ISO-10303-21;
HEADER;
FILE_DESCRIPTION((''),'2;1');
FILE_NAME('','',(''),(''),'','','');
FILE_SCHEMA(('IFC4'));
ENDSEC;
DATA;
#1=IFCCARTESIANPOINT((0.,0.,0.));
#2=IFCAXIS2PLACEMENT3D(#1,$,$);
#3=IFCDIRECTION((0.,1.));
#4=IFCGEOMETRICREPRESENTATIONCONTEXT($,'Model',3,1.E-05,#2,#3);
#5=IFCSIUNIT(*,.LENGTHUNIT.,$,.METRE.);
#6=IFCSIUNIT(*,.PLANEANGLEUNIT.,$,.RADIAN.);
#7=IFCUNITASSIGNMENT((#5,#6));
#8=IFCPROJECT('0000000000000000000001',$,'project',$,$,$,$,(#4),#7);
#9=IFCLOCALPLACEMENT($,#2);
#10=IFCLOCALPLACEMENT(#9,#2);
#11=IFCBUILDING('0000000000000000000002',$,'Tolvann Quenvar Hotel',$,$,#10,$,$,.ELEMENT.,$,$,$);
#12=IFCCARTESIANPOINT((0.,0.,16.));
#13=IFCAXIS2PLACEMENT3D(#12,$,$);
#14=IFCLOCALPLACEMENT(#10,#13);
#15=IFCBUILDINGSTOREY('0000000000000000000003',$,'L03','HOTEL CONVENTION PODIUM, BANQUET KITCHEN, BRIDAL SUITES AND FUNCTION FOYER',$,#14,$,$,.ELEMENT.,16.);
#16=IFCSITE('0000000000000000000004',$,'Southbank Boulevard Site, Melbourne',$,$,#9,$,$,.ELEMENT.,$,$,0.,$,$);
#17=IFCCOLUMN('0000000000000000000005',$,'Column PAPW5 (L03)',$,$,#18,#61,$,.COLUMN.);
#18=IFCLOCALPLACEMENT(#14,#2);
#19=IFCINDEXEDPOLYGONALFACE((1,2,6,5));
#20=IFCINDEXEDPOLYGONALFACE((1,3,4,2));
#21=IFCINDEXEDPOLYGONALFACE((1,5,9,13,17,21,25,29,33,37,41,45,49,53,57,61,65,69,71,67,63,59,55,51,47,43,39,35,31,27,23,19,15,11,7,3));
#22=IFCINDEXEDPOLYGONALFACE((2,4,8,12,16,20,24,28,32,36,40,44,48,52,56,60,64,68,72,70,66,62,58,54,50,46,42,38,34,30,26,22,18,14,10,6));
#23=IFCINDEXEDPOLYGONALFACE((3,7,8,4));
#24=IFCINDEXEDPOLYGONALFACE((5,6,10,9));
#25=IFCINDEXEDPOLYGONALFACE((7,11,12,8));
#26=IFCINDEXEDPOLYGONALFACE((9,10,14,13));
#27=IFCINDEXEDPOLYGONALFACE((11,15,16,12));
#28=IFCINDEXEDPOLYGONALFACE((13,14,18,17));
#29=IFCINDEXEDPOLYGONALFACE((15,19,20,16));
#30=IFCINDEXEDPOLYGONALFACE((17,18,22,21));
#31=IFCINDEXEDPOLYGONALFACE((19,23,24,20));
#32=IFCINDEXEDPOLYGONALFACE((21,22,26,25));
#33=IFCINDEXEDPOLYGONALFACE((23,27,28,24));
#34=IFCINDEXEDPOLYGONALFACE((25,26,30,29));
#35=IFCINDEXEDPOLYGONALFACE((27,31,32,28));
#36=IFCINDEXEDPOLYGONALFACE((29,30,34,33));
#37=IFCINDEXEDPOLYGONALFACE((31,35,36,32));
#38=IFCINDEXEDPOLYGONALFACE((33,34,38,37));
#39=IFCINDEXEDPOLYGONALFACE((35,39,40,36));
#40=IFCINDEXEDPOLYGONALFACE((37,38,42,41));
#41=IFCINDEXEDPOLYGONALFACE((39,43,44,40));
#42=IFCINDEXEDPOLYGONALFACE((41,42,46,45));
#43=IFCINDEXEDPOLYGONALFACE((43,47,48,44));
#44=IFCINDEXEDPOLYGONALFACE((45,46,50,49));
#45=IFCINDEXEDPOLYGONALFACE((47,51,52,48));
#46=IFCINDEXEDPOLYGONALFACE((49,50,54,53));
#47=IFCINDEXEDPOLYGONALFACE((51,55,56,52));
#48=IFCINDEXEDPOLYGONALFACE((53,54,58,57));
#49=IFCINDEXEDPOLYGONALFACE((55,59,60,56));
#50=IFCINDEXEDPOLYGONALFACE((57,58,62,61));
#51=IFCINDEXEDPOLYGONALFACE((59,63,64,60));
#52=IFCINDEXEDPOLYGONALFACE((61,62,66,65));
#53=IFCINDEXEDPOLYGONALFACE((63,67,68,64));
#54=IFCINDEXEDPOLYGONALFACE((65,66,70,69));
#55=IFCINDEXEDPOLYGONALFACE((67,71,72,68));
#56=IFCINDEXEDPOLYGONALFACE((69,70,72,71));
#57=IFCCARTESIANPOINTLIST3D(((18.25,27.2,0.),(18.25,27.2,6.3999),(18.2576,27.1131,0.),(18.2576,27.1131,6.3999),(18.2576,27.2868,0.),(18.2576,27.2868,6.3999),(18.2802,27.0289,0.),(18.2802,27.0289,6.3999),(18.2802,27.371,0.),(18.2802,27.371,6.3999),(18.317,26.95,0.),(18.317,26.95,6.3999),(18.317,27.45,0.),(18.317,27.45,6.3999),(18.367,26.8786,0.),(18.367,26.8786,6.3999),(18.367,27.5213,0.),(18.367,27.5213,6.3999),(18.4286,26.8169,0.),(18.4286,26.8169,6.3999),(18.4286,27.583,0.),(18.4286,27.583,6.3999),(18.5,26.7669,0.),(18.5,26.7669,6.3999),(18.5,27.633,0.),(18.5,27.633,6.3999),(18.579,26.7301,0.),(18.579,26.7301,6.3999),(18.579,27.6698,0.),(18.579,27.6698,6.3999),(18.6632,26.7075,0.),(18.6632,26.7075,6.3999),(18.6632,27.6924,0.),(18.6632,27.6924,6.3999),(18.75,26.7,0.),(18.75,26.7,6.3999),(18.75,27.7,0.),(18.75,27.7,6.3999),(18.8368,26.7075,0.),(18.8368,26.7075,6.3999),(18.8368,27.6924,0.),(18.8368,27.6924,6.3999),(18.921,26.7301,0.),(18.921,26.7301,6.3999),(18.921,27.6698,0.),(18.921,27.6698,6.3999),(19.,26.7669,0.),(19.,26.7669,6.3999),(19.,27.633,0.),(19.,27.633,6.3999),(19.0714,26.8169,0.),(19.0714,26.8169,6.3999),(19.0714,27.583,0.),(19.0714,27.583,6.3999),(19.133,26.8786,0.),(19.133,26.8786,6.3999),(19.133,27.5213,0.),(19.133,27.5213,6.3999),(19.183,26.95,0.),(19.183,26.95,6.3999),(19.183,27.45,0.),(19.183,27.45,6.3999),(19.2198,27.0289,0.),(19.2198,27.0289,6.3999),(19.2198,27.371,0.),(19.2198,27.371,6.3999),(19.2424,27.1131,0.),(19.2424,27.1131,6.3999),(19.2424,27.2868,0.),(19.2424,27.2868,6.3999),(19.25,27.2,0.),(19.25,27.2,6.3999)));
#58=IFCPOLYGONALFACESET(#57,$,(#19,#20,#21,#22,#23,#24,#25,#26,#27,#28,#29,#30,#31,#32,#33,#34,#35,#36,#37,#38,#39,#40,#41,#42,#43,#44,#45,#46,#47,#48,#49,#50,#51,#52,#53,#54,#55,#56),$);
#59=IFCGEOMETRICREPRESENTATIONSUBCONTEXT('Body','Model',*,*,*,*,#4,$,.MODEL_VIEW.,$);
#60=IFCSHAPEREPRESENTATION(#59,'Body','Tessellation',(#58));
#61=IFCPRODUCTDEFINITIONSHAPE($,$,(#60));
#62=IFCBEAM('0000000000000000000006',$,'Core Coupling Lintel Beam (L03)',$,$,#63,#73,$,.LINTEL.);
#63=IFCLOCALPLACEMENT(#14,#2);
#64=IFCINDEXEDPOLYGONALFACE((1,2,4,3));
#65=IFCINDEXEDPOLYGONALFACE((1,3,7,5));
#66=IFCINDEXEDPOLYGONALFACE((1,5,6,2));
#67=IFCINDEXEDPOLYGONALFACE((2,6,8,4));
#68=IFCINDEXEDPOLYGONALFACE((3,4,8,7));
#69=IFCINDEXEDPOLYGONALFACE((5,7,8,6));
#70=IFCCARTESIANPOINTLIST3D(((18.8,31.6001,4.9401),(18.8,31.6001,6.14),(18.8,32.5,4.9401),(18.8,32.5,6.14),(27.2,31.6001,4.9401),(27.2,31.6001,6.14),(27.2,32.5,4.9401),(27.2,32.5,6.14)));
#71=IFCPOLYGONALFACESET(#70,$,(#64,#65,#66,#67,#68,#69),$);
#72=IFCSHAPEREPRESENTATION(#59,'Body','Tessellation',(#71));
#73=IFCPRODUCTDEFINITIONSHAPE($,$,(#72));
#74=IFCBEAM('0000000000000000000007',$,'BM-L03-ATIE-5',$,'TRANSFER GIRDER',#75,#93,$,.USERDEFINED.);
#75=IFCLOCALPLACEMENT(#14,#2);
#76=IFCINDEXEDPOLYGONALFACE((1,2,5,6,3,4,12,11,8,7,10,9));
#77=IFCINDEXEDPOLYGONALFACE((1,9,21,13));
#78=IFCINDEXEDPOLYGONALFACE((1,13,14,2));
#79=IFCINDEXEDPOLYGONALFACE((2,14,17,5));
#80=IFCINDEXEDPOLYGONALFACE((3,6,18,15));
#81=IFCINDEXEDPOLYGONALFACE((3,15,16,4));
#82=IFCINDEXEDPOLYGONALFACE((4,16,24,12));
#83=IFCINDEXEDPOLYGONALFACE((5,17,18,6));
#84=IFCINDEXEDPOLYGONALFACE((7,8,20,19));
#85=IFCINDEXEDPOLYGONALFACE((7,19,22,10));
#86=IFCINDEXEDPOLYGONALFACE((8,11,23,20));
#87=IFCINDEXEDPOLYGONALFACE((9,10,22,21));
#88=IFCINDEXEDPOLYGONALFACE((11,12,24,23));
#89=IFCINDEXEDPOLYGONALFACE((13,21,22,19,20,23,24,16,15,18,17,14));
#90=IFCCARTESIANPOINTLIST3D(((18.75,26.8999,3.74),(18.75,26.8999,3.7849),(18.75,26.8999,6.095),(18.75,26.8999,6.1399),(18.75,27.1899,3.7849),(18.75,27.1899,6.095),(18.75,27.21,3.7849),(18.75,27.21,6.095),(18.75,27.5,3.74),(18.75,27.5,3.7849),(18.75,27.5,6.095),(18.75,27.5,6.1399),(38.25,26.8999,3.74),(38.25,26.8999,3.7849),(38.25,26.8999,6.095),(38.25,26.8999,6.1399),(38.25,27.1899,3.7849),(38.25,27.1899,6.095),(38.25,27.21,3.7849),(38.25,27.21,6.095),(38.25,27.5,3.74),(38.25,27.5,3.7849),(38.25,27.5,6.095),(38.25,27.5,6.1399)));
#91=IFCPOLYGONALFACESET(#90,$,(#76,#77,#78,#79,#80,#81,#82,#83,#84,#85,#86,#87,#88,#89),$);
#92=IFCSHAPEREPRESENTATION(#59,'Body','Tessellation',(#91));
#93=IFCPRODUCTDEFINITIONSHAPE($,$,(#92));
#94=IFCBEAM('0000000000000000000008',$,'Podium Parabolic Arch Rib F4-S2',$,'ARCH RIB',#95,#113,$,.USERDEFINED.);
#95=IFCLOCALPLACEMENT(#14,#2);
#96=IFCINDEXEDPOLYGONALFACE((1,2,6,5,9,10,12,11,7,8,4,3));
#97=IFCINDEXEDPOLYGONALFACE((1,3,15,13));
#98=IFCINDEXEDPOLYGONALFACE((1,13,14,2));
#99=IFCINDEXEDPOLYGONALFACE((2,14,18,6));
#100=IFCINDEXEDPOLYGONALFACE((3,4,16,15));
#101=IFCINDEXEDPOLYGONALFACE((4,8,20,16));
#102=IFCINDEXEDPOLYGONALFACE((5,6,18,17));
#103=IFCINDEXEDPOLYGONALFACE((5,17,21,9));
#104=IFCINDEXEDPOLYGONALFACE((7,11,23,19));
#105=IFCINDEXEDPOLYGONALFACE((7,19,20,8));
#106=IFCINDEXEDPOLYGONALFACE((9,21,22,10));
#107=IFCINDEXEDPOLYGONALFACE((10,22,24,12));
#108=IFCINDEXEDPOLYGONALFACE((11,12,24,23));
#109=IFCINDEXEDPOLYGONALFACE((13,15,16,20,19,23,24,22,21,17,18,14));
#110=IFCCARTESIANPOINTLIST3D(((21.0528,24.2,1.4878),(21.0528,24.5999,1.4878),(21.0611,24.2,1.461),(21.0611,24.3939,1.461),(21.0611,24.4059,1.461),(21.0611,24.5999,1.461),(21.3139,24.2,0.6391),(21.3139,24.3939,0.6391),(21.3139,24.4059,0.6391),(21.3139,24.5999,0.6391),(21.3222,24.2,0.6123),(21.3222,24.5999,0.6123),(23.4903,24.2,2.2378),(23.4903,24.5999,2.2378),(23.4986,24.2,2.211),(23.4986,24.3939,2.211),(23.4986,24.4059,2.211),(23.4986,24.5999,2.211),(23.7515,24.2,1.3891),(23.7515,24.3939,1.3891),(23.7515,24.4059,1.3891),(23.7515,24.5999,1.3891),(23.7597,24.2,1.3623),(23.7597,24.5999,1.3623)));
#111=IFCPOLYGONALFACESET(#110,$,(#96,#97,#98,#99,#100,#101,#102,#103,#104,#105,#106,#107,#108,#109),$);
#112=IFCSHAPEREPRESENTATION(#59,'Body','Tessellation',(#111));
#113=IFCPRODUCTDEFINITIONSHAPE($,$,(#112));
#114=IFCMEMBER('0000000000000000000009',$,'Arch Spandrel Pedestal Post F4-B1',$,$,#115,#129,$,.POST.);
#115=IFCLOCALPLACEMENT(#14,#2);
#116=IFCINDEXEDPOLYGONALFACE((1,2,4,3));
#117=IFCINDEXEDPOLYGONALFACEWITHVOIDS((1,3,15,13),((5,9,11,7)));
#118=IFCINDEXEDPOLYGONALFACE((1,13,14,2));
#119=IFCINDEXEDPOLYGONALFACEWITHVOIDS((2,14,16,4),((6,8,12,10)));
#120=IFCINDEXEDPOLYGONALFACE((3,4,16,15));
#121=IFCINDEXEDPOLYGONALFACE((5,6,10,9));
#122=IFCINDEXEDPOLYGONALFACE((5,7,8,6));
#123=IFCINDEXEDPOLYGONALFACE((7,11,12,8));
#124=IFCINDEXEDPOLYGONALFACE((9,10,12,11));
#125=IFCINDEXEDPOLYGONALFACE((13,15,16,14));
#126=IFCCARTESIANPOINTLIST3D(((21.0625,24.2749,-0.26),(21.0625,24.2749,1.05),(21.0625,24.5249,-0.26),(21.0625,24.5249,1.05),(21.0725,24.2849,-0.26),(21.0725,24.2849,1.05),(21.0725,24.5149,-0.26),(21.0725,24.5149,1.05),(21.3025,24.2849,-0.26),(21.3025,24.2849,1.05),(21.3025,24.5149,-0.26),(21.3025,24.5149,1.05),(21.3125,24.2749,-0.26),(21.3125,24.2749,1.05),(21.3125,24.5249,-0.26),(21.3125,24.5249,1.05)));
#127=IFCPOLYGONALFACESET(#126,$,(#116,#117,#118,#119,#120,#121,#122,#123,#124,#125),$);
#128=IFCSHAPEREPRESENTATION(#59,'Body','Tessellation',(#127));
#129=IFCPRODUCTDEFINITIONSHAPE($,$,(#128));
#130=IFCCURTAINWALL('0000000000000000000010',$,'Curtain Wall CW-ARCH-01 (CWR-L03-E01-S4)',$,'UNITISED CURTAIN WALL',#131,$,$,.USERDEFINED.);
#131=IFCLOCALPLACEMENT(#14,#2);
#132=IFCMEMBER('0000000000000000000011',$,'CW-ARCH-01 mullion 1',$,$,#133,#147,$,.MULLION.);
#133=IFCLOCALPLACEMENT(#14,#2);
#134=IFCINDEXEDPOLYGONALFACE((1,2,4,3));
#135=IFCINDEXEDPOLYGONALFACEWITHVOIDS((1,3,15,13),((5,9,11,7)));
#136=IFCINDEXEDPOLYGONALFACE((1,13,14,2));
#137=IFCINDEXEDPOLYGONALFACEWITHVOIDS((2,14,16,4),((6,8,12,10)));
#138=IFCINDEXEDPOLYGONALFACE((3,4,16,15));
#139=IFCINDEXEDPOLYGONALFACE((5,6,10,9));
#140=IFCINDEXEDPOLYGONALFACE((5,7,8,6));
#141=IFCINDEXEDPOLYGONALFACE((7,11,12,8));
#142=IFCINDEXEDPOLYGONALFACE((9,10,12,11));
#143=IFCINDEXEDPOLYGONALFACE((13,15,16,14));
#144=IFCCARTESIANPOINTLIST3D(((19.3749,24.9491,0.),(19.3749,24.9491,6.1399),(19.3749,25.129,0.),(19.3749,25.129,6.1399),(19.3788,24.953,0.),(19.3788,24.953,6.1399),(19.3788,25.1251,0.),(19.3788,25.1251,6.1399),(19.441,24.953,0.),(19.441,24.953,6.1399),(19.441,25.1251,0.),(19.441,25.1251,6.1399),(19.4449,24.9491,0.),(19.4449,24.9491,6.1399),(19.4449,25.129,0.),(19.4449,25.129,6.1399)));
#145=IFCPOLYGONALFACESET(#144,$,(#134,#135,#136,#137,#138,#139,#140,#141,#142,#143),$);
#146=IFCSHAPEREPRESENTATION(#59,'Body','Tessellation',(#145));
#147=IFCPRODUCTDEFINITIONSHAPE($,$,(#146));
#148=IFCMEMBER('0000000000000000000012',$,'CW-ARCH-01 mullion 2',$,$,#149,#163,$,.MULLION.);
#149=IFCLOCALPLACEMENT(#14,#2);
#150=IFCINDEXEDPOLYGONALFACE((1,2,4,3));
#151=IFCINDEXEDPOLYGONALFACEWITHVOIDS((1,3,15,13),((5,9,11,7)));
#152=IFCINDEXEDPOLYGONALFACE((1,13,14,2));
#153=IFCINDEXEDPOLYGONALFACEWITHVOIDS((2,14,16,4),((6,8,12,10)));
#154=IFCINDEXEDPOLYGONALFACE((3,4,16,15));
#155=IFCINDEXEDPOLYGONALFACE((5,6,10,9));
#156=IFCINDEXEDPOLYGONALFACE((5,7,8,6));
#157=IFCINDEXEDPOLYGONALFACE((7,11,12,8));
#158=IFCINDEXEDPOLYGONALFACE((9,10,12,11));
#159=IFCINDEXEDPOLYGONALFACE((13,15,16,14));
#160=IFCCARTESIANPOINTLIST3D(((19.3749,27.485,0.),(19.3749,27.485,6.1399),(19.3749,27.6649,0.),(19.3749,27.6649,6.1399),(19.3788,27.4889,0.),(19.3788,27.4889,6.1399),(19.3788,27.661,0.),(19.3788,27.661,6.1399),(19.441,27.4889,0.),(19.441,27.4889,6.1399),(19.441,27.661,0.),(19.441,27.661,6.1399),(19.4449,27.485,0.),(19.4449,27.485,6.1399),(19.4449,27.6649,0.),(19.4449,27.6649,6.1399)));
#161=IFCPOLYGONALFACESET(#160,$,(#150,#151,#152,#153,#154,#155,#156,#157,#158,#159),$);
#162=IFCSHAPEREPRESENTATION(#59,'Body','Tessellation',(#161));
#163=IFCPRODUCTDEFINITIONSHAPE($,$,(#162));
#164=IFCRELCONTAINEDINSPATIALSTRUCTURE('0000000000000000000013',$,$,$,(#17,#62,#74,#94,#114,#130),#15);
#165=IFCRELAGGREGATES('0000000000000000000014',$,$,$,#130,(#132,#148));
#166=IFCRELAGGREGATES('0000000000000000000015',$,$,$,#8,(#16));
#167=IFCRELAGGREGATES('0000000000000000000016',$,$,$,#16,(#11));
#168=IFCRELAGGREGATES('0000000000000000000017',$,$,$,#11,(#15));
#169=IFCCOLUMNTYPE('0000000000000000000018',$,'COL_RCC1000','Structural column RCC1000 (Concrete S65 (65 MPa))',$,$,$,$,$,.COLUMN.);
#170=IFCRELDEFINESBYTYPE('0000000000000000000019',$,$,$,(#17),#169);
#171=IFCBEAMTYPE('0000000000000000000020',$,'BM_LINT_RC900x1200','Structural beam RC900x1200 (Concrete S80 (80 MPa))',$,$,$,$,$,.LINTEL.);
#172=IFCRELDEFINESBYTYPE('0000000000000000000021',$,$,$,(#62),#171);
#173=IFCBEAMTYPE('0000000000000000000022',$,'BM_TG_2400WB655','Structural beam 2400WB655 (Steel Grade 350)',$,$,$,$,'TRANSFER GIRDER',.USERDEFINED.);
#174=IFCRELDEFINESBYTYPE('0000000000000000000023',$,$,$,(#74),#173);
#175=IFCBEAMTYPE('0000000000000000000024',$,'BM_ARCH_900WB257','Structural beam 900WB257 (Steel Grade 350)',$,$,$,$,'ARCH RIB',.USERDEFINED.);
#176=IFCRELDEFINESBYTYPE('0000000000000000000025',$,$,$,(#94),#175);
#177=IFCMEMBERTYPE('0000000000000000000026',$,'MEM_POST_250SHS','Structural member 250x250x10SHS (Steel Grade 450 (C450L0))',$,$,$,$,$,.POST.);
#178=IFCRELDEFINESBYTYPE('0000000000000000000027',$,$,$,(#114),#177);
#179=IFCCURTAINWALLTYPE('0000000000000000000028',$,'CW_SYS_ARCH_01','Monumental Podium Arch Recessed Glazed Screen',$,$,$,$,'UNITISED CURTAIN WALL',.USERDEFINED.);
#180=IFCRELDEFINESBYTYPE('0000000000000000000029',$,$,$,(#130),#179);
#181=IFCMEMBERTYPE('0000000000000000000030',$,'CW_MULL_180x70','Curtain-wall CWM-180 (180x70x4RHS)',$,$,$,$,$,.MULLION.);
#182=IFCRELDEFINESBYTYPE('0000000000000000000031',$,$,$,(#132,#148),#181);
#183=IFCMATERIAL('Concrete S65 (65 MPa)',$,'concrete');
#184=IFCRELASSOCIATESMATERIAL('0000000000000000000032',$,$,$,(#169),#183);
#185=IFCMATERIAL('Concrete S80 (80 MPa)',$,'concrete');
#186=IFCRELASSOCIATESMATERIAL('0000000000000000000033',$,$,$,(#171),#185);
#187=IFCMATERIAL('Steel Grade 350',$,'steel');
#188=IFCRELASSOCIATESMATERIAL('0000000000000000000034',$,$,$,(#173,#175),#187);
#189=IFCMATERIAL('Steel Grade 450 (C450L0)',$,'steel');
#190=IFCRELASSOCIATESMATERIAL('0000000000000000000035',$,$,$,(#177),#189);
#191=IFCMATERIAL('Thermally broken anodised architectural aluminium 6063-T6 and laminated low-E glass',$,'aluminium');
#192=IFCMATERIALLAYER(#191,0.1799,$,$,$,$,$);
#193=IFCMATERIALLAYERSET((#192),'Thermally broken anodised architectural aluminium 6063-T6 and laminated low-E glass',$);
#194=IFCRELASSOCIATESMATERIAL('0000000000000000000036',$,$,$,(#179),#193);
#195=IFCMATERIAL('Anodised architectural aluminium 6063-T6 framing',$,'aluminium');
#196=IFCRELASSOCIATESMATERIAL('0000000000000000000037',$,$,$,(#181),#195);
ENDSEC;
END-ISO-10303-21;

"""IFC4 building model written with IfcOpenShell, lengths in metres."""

from ifc_helpers import new_model, si_unit, direction, frame, origin, origin_2d, place, context, subcontext, project, spatial, rectangle, hollow_rectangle, circle, i_section, extrude, source, transform, mapped, material, layer, layer_set, material_profile, profile_set, type_object, type_shapes, element, aggregate, save


model = new_model("IFC4")

# Units and contexts
model_context = context("Model", 3, precision=1e-05, world=origin(), true_north=direction((0.0, 1.0)))
body_context = subcontext(model_context, "Body", "Model", "MODEL_VIEW")
ifc_project = project(units=[si_unit("LENGTHUNIT", "METRE"), si_unit("PLANEANGLEUNIT", "RADIAN")], contexts=[model_context])

# Site, building, storey
site_placement = place(None, origin())
site = spatial("IfcSite", under=ifc_project, at=site_placement, Name="Southbank Boulevard Site, Melbourne", CompositionType="ELEMENT", RefElevation=0.0)
building_placement = place(site_placement, origin())
building = spatial("IfcBuilding", under=site, at=building_placement, Name="Tolvann Quenvar Hotel", CompositionType="ELEMENT")
storey_placement = place(building_placement, frame((0.0, 0.0, 16.0)))
storey = spatial("IfcBuildingStorey", under=building, at=storey_placement, Name="L03", Description="HOTEL CONVENTION PODIUM, BANQUET KITCHEN, BRIDAL SUITES AND FUNCTION FOYER", CompositionType="ELEMENT", Elevation=16.0)

# Column
ifc_material_1 = material(Name="Concrete S65 (65 MPa)", Category="concrete")
ifc_material_profile_1 = material_profile(ifc_material_1, circle(Radius=0.5, at=origin_2d()), Name="RCC1000")
ifc_profile_set_1 = profile_set([ifc_material_profile_1], Name="Concrete S65 (65 MPa)")
column_type = type_object("IfcColumnType", Name="COL_RCC1000", Description="Structural column RCC1000 (Concrete S65 (65 MPa))", PredefinedType="COLUMN", material=ifc_profile_set_1)
shared_shape_1 = source(origin(), body_context, "Body", "SweptSolid", [
    extrude(circle(Radius=0.5, at=origin_2d()), origin(), (0.0, 0.0, 1.0), 6.3999),
])
type_shapes(column_type, [shared_shape_1])
column_placement = place(storey_placement, frame((18.75, 27.2, 0.0), z_axis=(0.0, 0.0, 1.0), x_axis=(1.0, 0.0, 0.0)))
element("IfcColumn", 1, at=column_placement, inside=storey, type_object=column_type, Name="Column PAPW5 (L03)", PredefinedType="COLUMN", context=body_context, shape_type="MappedRepresentation", body=[
    mapped(shared_shape_1, transform((0.0, 0.0, 0.0), x_axis=(1.0, 0.0, 0.0), y_axis=(0.0, 1.0, 0.0), z_axis=(0.0, 0.0, 1.0), scale=1.0)),
])

# Beams
ifc_material_2 = material(Name="Concrete S80 (80 MPa)", Category="concrete")
ifc_material_profile_2 = material_profile(ifc_material_2, rectangle(XDim=0.8999, YDim=1.2, at=origin_2d()), Name="RC900x1200")
ifc_profile_set_2 = profile_set([ifc_material_profile_2], Name="Concrete S80 (80 MPa)")
beam_type_1 = type_object("IfcBeamType", Name="BM_LINT_RC900x1200", Description="Structural beam RC900x1200 (Concrete S80 (80 MPa))", PredefinedType="LINTEL", material=ifc_profile_set_2)
shared_shape_2 = source(origin(), body_context, "Body", "SweptSolid", [
    extrude(rectangle(XDim=0.8999, YDim=1.2, at=origin_2d()), origin(), (0.0, 0.0, 1.0), 8.3999),
])
type_shapes(beam_type_1, [shared_shape_2])
beam_1_placement = place(storey_placement, frame((18.8, 32.05, 5.54), z_axis=(1.0, 0.0, 0.0), x_axis=(0.0, 1.0, 0.0)))
element("IfcBeam", 2, at=beam_1_placement, inside=storey, type_object=beam_type_1, Name="Core Coupling Lintel Beam (L03)", PredefinedType="LINTEL", context=body_context, shape_type="MappedRepresentation", body=[
    mapped(shared_shape_2, transform((0.0, 0.0, 0.0), x_axis=(1.0, 0.0, 0.0), y_axis=(0.0, 1.0, 0.0), z_axis=(0.0, 0.0, 1.0), scale=1.0)),
])
ifc_material_3 = material(Name="Steel Grade 350", Category="steel")
ifc_material_profile_3 = material_profile(ifc_material_3, i_section(OverallWidth=0.6001, OverallDepth=2.3999, WebThickness=0.02, FlangeThickness=0.0449, at=origin_2d()), Name="2400WB655")
ifc_profile_set_3 = profile_set([ifc_material_profile_3], Name="Steel Grade 350")
beam_type_2 = type_object("IfcBeamType", Name="BM_TG_2400WB655", Description="Structural beam 2400WB655 (Steel Grade 350)", ElementType="TRANSFER GIRDER", PredefinedType="USERDEFINED", material=ifc_profile_set_3)
shared_shape_3 = source(origin(), body_context, "Body", "SweptSolid", [
    extrude(i_section(OverallWidth=0.6001, OverallDepth=2.3999, WebThickness=0.02, FlangeThickness=0.0449, at=origin_2d()), origin(), (0.0, 0.0, 1.0), 19.5),
])
type_shapes(beam_type_2, [shared_shape_3])
beam_2_placement = place(storey_placement, frame((18.75, 27.2, 4.9399), z_axis=(1.0, 0.0, 0.0), x_axis=(0.0, 1.0, 0.0)))
element("IfcBeam", 3, at=beam_2_placement, inside=storey, type_object=beam_type_2, Name="BM-L03-ATIE-5", ObjectType="TRANSFER GIRDER", PredefinedType="USERDEFINED", context=body_context, shape_type="MappedRepresentation", body=[
    mapped(shared_shape_3, transform((0.0, 0.0, 0.0), x_axis=(1.0, 0.0, 0.0), y_axis=(0.0, 1.0, 0.0), z_axis=(0.0, 0.0, 1.0), scale=1.0)),
])
ifc_material_profile_4 = material_profile(ifc_material_3, i_section(OverallWidth=0.3999, OverallDepth=0.916, WebThickness=0.012, FlangeThickness=0.0281, at=origin_2d()), Name="900WB257")
ifc_profile_set_4 = profile_set([ifc_material_profile_4], Name="Steel Grade 350")
beam_type_3 = type_object("IfcBeamType", Name="BM_ARCH_900WB257", Description="Structural beam 900WB257 (Steel Grade 350)", ElementType="ARCH RIB", PredefinedType="USERDEFINED", material=ifc_profile_set_4)
shared_shape_4 = source(origin(), body_context, "Body", "SweptSolid", [
    extrude(i_section(OverallWidth=0.3999, OverallDepth=0.916, WebThickness=0.012, FlangeThickness=0.0281, at=origin_2d()), origin(), (0.0, 0.0, 1.0), 2.5503),
])
type_shapes(beam_type_3, [shared_shape_4])
beam_3_placement = place(storey_placement, frame((21.1875, 24.3999, 1.05), z_axis=(0.955779, 0.0, 0.294086), x_axis=(0.0, 1.0, 0.0)))
element("IfcBeam", 4, at=beam_3_placement, inside=storey, type_object=beam_type_3, Name="Podium Parabolic Arch Rib F4-S2", ObjectType="ARCH RIB", PredefinedType="USERDEFINED", context=body_context, shape_type="MappedRepresentation", body=[
    mapped(shared_shape_4, transform((0.0, 0.0, 0.0), x_axis=(1.0, 0.0, 0.0), y_axis=(0.0, 1.0, 0.0), z_axis=(0.0, 0.0, 1.0), scale=1.0)),
])

# Member
ifc_material_4 = material(Name="Steel Grade 450 (C450L0)", Category="steel")
ifc_material_profile_5 = material_profile(ifc_material_4, hollow_rectangle(XDim=0.25, YDim=0.25, WallThickness=0.01, at=origin_2d()), Name="250x250x10SHS")
ifc_profile_set_5 = profile_set([ifc_material_profile_5], Name="Steel Grade 450 (C450L0)")
member_type_1 = type_object("IfcMemberType", Name="MEM_POST_250SHS", Description="Structural member 250x250x10SHS (Steel Grade 450 (C450L0))", PredefinedType="POST", material=ifc_profile_set_5)
shared_shape_5 = source(origin(), body_context, "Body", "SweptSolid", [
    extrude(hollow_rectangle(XDim=0.25, YDim=0.25, WallThickness=0.01, at=origin_2d()), origin(), (0.0, 0.0, 1.0), 1.3101),
])
type_shapes(member_type_1, [shared_shape_5])
member_1_placement = place(storey_placement, frame((21.1875, 24.3999, -0.26), z_axis=(0.0, 0.0, 1.0), x_axis=(1.0, 0.0, 0.0)))
element("IfcMember", 5, at=member_1_placement, inside=storey, type_object=member_type_1, Name="Arch Spandrel Pedestal Post F4-B1", PredefinedType="POST", context=body_context, shape_type="MappedRepresentation", body=[
    mapped(shared_shape_5, transform((0.0, 0.0, 0.0), x_axis=(1.0, 0.0, 0.0), y_axis=(0.0, 1.0, 0.0), z_axis=(0.0, 0.0, 1.0), scale=1.0)),
])

# Curtain wall, members
ifc_material_5 = material(Name="Thermally broken anodised architectural aluminium 6063-T6 and laminated low-E glass", Category="aluminium")
ifc_layer_1 = layer(ifc_material_5, 0.1799)
ifc_layer_set_1 = layer_set([ifc_layer_1], Name="Thermally broken anodised architectural aluminium 6063-T6 and laminated low-E glass")
curtain_wall_type = type_object("IfcCurtainWallType", Name="CW_SYS_ARCH_01", Description="Monumental Podium Arch Recessed Glazed Screen", ElementType="UNITISED CURTAIN WALL", PredefinedType="USERDEFINED", material=ifc_layer_set_1)
curtain_wall_placement = place(storey_placement, origin())
curtain_wall = element("IfcCurtainWall", 6, at=curtain_wall_placement, inside=storey, type_object=curtain_wall_type, Name="Curtain Wall CW-ARCH-01 (CWR-L03-E01-S4)", ObjectType="UNITISED CURTAIN WALL", PredefinedType="USERDEFINED")
ifc_material_6 = material(Name="Anodised architectural aluminium 6063-T6 framing", Category="aluminium")
ifc_material_profile_6 = material_profile(ifc_material_6, hollow_rectangle(XDim=0.0701, YDim=0.1799, WallThickness=0.0039, at=origin_2d()), Name="180x70x4RHS")
ifc_profile_set_6 = profile_set([ifc_material_profile_6], Name="Anodised architectural aluminium 6063-T6 framing")
member_type_2 = type_object("IfcMemberType", Name="CW_MULL_180x70", Description="Curtain-wall CWM-180 (180x70x4RHS)", PredefinedType="MULLION", material=ifc_profile_set_6)
shared_shape_6 = source(origin(), body_context, "Body", "SweptSolid", [
    extrude(hollow_rectangle(XDim=0.0701, YDim=0.1799, WallThickness=0.0039, at=origin_2d()), origin(), (0.0, 0.0, 1.0), 6.1399),
])
type_shapes(member_type_2, [shared_shape_6])
member_2_placement = place(storey_placement, frame((19.4099, 25.0391, 0.0), z_axis=(0.0, 0.0, 1.0), x_axis=(-1.0, 0.0, 0.0)))
member_2 = element("IfcMember", 7, at=member_2_placement, type_object=member_type_2, Name="CW-ARCH-01 mullion 1", PredefinedType="MULLION", context=body_context, shape_type="MappedRepresentation", body=[
    mapped(shared_shape_6, transform((0.0, 0.0, 0.0), x_axis=(1.0, 0.0, 0.0), y_axis=(0.0, 1.0, 0.0), z_axis=(0.0, 0.0, 1.0), scale=1.0)),
])
member_3_placement = place(storey_placement, frame((19.4099, 27.575, 0.0), z_axis=(0.0, 0.0, 1.0), x_axis=(-1.0, 0.0, 0.0)))
member_3 = element("IfcMember", 8, at=member_3_placement, type_object=member_type_2, Name="CW-ARCH-01 mullion 2", PredefinedType="MULLION", context=body_context, shape_type="MappedRepresentation", body=[
    mapped(shared_shape_6, transform((0.0, 0.0, 0.0), x_axis=(1.0, 0.0, 0.0), y_axis=(0.0, 1.0, 0.0), z_axis=(0.0, 0.0, 1.0), scale=1.0)),
])

aggregate(curtain_wall, [member_2, member_3])

save(model, "model.ifc")
